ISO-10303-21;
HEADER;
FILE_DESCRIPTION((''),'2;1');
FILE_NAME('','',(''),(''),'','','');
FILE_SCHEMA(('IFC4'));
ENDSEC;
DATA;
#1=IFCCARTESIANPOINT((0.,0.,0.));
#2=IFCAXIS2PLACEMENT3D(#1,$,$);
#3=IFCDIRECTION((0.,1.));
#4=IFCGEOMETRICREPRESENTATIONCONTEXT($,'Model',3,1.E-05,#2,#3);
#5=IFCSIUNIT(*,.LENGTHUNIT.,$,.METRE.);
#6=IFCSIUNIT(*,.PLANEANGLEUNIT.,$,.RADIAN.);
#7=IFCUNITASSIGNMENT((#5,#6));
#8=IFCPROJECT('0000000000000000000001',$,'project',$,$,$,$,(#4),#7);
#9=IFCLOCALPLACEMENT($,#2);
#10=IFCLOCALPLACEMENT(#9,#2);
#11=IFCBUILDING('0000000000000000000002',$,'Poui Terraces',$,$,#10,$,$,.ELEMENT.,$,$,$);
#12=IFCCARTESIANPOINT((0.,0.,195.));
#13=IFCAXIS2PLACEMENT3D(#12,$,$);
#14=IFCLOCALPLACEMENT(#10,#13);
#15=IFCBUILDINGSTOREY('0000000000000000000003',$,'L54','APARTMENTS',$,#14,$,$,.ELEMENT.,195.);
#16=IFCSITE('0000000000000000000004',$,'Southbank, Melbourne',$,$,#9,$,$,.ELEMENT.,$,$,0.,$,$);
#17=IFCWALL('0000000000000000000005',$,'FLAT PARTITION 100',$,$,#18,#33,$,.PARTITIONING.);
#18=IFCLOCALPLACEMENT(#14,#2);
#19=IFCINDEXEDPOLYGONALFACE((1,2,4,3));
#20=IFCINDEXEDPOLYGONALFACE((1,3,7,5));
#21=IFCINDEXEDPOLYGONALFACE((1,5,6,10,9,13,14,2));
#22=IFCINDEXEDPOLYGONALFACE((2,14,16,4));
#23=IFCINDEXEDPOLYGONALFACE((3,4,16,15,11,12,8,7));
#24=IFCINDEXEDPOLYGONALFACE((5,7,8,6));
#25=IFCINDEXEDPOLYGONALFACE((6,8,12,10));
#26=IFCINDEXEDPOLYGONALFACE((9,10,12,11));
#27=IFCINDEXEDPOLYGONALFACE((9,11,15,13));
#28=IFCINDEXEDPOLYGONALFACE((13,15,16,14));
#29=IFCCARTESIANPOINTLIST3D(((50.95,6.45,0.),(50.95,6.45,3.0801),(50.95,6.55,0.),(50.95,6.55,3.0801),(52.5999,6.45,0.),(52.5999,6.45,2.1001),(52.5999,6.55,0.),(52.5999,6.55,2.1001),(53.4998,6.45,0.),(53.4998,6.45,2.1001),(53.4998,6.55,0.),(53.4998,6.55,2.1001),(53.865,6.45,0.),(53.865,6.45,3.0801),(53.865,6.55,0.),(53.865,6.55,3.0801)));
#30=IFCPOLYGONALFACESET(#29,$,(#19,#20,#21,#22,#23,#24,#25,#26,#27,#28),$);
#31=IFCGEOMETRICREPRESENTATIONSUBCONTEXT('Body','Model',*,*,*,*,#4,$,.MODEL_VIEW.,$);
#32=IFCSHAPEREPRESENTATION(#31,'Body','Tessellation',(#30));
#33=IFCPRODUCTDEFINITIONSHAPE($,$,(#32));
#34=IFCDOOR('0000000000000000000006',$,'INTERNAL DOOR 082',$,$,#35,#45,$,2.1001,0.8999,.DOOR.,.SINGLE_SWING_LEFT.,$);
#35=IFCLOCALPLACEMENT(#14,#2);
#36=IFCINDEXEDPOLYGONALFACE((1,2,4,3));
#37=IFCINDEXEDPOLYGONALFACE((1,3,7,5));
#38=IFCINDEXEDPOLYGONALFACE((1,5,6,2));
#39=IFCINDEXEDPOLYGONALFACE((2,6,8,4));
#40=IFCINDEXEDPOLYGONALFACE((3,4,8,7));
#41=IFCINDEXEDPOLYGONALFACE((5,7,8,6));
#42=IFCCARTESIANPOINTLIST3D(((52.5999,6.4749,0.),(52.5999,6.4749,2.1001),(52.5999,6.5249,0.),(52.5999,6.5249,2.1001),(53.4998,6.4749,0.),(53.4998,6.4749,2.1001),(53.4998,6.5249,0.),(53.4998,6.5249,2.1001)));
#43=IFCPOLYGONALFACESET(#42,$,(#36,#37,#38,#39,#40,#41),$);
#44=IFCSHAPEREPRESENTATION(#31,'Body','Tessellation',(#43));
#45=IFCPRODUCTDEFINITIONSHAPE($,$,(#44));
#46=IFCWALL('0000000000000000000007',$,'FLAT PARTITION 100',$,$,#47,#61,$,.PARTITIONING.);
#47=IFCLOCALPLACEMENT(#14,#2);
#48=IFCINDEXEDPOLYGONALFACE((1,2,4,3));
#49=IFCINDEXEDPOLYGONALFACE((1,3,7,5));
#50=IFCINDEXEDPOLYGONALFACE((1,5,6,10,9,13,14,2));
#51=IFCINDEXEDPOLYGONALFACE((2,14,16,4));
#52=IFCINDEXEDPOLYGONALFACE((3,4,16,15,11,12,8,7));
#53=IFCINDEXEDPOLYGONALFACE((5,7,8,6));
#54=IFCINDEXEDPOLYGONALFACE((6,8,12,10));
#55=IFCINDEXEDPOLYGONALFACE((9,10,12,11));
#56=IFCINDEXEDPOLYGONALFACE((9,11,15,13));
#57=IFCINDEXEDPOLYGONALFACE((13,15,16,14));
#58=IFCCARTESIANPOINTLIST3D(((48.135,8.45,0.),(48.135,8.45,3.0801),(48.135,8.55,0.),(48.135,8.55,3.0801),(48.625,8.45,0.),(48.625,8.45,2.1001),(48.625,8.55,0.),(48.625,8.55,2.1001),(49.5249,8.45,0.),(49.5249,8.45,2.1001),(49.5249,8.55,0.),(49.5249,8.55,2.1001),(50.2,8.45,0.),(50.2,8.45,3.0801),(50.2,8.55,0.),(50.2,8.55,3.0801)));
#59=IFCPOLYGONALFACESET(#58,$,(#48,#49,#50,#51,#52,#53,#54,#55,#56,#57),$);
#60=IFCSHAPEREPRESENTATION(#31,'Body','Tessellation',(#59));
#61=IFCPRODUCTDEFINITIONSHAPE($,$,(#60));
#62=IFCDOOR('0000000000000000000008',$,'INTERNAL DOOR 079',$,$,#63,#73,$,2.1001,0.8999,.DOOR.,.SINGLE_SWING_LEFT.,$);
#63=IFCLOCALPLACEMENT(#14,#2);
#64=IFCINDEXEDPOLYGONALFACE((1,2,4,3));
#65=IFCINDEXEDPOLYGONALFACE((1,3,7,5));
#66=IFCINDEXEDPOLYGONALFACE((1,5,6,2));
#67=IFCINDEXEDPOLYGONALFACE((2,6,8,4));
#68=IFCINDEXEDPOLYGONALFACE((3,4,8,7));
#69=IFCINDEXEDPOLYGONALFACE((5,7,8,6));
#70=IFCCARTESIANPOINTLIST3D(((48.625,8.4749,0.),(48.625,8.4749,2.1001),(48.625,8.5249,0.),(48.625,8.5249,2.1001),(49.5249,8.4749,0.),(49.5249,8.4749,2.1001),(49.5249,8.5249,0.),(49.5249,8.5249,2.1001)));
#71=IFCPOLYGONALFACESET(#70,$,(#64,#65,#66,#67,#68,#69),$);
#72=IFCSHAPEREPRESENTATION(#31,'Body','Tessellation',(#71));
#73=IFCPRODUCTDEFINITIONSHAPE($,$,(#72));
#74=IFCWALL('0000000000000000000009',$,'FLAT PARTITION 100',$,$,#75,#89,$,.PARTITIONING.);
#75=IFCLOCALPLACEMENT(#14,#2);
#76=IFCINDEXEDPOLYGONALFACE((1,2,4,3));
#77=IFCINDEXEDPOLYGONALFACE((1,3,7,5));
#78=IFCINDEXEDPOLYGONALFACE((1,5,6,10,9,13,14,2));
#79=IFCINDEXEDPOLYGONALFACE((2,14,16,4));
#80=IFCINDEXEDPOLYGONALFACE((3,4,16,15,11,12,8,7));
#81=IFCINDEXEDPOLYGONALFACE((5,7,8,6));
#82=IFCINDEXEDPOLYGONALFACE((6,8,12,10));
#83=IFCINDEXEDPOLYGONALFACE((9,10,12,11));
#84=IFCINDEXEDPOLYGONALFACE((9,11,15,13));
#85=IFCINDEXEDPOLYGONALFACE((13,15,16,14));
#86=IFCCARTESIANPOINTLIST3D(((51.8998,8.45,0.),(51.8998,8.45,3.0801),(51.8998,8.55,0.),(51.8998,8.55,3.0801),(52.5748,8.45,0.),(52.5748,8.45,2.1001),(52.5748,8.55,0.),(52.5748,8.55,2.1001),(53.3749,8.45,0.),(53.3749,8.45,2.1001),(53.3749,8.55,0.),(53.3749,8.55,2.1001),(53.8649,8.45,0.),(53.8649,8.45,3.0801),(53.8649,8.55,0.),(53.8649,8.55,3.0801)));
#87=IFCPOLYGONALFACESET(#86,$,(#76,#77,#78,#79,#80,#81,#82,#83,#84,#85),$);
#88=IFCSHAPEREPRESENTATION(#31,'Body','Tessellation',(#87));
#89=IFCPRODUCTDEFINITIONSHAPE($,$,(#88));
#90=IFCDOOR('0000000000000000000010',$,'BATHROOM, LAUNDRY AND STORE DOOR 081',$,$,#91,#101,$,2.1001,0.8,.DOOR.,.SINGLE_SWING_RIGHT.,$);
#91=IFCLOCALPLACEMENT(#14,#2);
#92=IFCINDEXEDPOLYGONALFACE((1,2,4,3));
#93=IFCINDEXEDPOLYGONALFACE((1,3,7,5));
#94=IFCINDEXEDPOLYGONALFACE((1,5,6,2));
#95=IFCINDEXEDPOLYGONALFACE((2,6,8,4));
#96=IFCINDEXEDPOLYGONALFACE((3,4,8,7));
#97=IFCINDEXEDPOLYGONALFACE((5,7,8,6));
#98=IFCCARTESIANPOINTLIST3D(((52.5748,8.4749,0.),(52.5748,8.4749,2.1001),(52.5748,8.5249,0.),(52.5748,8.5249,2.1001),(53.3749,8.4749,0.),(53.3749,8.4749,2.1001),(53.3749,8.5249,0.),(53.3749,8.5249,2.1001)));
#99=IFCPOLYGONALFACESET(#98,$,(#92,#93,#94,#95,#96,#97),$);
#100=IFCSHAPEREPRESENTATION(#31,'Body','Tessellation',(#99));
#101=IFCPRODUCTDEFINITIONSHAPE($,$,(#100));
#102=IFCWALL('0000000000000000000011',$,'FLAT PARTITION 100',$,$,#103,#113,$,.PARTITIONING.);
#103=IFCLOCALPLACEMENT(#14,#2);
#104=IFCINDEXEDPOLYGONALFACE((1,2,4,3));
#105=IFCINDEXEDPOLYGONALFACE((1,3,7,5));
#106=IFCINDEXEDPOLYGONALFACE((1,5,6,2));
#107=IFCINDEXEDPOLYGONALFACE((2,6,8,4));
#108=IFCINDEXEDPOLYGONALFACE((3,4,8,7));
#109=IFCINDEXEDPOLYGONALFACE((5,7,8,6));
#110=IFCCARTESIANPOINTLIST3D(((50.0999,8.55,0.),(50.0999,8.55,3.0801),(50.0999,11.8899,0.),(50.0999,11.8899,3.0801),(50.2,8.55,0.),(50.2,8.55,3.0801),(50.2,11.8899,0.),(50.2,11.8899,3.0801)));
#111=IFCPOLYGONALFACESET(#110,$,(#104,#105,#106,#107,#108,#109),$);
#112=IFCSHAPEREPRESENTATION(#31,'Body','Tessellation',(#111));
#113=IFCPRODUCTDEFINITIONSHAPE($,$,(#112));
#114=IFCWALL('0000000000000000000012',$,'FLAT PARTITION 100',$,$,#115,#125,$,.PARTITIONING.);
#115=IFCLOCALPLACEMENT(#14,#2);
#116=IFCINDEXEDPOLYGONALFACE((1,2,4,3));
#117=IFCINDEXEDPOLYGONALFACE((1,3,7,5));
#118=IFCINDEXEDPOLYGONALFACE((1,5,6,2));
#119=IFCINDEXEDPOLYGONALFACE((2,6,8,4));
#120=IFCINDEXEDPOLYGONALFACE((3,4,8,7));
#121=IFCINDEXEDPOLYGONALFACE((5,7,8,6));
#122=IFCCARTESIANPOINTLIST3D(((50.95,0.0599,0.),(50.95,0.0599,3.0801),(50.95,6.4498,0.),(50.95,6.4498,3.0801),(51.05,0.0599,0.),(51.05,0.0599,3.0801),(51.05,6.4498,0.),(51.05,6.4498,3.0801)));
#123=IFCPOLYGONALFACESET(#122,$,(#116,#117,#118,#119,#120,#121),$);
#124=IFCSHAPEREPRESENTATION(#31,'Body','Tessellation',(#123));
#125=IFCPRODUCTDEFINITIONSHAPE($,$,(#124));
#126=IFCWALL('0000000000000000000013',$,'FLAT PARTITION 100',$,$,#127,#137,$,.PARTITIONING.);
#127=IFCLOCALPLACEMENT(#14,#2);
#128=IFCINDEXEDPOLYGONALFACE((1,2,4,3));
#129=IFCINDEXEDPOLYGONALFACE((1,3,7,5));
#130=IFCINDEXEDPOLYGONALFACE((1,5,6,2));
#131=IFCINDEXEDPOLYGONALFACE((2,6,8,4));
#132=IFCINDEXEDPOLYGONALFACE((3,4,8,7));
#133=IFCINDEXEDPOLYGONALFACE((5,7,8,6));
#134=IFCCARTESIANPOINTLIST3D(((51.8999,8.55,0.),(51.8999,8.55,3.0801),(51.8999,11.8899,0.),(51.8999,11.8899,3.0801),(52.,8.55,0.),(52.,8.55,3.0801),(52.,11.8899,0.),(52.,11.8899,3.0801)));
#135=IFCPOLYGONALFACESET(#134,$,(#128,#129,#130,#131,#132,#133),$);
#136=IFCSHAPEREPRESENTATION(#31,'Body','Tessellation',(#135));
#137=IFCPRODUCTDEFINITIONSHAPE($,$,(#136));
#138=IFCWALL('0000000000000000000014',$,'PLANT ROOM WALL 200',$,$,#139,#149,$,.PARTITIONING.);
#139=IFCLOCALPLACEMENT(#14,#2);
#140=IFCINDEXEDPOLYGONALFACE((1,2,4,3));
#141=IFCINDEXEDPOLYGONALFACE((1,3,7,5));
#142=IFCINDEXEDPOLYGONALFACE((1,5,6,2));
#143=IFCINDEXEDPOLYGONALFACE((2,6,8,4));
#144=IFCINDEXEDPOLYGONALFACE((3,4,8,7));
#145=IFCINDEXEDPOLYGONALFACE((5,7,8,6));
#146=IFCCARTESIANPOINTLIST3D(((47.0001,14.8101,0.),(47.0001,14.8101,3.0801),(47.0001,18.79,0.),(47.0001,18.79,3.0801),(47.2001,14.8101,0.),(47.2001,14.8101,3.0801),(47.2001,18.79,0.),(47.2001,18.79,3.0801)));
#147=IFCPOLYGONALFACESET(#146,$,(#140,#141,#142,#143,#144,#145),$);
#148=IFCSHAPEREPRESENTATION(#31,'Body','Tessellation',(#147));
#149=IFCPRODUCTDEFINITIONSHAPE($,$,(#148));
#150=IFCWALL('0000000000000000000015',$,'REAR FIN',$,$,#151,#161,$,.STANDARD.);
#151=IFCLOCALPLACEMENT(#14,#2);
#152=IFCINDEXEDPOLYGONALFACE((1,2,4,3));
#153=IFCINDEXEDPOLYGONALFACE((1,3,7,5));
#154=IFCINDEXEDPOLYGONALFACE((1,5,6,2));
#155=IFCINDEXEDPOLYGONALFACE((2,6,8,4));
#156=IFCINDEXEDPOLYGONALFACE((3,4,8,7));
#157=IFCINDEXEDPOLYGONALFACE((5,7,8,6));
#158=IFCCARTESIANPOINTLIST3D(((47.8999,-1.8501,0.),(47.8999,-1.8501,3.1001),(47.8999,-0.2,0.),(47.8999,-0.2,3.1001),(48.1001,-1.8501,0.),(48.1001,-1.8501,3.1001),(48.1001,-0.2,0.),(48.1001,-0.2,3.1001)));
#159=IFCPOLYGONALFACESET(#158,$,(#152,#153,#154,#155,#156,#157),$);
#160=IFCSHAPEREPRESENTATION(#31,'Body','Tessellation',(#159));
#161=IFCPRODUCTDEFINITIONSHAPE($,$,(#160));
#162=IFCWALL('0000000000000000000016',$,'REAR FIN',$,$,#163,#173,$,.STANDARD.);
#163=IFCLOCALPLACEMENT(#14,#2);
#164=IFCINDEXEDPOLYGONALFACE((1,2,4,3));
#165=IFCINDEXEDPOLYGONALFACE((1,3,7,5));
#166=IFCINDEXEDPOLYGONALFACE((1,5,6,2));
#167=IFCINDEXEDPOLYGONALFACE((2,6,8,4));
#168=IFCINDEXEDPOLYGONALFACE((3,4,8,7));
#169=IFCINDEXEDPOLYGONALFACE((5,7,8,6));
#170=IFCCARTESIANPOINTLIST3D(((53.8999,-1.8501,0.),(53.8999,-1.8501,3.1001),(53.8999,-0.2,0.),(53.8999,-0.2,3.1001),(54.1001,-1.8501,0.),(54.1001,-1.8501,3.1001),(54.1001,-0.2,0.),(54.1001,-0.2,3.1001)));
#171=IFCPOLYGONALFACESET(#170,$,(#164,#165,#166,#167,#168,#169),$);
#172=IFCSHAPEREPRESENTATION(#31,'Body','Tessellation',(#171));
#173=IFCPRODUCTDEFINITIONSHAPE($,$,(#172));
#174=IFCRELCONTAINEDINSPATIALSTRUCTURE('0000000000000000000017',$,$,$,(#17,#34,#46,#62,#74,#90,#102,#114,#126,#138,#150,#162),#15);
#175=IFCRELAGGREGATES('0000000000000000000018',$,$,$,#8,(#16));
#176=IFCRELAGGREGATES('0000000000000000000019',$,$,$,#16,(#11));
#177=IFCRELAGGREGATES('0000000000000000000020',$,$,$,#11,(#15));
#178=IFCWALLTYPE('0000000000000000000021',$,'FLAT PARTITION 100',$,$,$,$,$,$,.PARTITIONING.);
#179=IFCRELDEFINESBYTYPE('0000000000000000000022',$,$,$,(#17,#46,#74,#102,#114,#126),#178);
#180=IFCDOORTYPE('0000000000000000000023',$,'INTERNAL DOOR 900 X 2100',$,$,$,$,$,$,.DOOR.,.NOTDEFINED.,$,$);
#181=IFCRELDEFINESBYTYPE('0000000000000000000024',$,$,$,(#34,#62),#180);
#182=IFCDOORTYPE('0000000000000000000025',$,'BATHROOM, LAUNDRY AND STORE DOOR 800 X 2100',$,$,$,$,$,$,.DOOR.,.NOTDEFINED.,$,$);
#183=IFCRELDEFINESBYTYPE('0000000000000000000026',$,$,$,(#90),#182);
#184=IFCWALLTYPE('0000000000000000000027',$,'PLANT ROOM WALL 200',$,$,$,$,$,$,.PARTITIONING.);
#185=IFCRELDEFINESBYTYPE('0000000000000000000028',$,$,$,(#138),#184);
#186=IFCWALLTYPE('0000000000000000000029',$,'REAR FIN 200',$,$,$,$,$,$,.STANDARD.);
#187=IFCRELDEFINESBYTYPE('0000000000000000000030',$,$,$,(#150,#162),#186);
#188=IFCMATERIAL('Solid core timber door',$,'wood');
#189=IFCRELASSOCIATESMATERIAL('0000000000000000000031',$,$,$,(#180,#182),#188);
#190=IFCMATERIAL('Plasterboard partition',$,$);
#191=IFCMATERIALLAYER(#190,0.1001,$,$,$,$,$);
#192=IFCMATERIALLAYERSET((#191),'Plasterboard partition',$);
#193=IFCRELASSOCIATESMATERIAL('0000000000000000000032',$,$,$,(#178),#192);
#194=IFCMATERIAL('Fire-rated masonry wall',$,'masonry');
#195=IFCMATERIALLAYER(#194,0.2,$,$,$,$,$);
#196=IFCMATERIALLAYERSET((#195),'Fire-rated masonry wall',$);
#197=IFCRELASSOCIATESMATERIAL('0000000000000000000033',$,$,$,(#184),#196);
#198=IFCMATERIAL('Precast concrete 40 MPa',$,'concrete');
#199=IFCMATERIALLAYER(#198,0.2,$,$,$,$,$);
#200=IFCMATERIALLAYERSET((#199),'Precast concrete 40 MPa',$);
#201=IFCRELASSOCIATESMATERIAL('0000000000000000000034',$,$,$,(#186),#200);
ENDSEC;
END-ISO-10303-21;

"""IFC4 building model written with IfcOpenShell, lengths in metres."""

from ifc_helpers import new_model, si_unit, direction, frame, frame_2d, origin, place, context, subcontext, project, spatial, polyline, rectangle, outline, extrude, source, transform, mapped, material, layer, layer_set, type_object, element, fill, save


model = new_model("IFC4")

# Units and contexts
model_context = context("Model", 3, precision=1e-05, world=origin(), true_north=direction((0.0, 1.0)))
body_context = subcontext(model_context, "Body", "Model", "MODEL_VIEW")
ifc_project = project(units=[si_unit("LENGTHUNIT", "METRE"), si_unit("PLANEANGLEUNIT", "RADIAN")], contexts=[model_context])

# Site, building, storey
site_placement = place(None, origin())
site = spatial("IfcSite", under=ifc_project, at=site_placement, Name="Southbank, Melbourne", CompositionType="ELEMENT", RefElevation=0.0)
building_placement = place(site_placement, origin())
building = spatial("IfcBuilding", under=site, at=building_placement, Name="Poui Terraces", CompositionType="ELEMENT")
storey_placement = place(building_placement, frame((0.0, 0.0, 195.0)))
storey = spatial("IfcBuildingStorey", under=building, at=storey_placement, Name="L54", Description="APARTMENTS", CompositionType="ELEMENT", Elevation=195.0)

# Shared definitions
ifc_material_1 = material(Name="Precast concrete 40 MPa", Category="concrete")

# Shared definitions
ifc_material_2 = material(Name="Solid core timber door", Category="wood")
door_type_1 = type_object("IfcDoorType", Name="INTERNAL DOOR 900 X 2100", OperationType="NOTDEFINED", PredefinedType="DOOR", material=ifc_material_2)

# Walls, openings, doors
ifc_material_3 = material(Name="Plasterboard partition")
ifc_layer_1 = layer(ifc_material_3, 0.1001)
ifc_layer_set_1 = layer_set([ifc_layer_1], Name="Plasterboard partition")
wall_type_1 = type_object("IfcWallType", Name="FLAT PARTITION 100", PredefinedType="PARTITIONING", material=ifc_layer_set_1)
wall_1_placement = place(storey_placement, frame((50.95, 6.5, 0.0), z_axis=(0.0, 0.0, 1.0), x_axis=(1.0, 0.0, 0.0)))
wall_1 = element("IfcWall", 1, at=wall_1_placement, inside=storey, type_object=wall_type_1, Name="FLAT PARTITION 100", PredefinedType="PARTITIONING", context=body_context, shape_type="SweptSolid", body=[
    extrude(rectangle(XDim=2.915, YDim=0.1001, at=frame_2d((1.4575, 0.0))), origin(), (0.0, 0.0, 1.0), 3.0801),
])
opening_1_placement = place(wall_1_placement, frame((1.6499, 0.0, 0.0)))
opening_1 = element("IfcOpeningElement", 2, at=opening_1_placement, cuts=wall_1, PredefinedType="OPENING", context=body_context, shape_type="SweptSolid", body=[
    extrude(rectangle(XDim=0.8999, YDim=2.1001, at=frame_2d((0.45, 1.05))), frame((0.0, 0.0601, 0.0), z_axis=(0.0, -1.0, 0.0), x_axis=(1.0, 0.0, 0.0)), (0.0, 0.0, 1.0), 0.1201),
])
door_1_placement = place(opening_1_placement, origin())
door_1 = element("IfcDoor", 3, at=door_1_placement, inside=storey, type_object=door_type_1, Name="INTERNAL DOOR 082", OperationType="SINGLE_SWING_LEFT", OverallHeight=2.1001, OverallWidth=0.8999, PredefinedType="DOOR", context=body_context, shape_type="SweptSolid", body=[
    extrude(rectangle(XDim=0.8999, YDim=2.1001, at=frame_2d((0.45, 1.05))), frame((0.0, 0.0249, 0.0), z_axis=(0.0, -1.0, 0.0), x_axis=(1.0, 0.0, 0.0)), (0.0, 0.0, 1.0), 0.05),
])
fill(opening_1, door_1)
wall_2_placement = place(storey_placement, frame((48.135, 8.5, 0.0), z_axis=(0.0, 0.0, 1.0), x_axis=(1.0, 0.0, 0.0)))
wall_2 = element("IfcWall", 4, at=wall_2_placement, inside=storey, type_object=wall_type_1, Name="FLAT PARTITION 100", PredefinedType="PARTITIONING", context=body_context, shape_type="SweptSolid", body=[
    extrude(rectangle(XDim=2.0649, YDim=0.1001, at=frame_2d((1.0325, 0.0))), origin(), (0.0, 0.0, 1.0), 3.0801),
])
opening_2_placement = place(wall_2_placement, frame((0.49, 0.0, 0.0)))
opening_2 = element("IfcOpeningElement", 5, at=opening_2_placement, cuts=wall_2, PredefinedType="OPENING", context=body_context, shape_type="SweptSolid", body=[
    extrude(rectangle(XDim=0.8999, YDim=2.1001, at=frame_2d((0.45, 1.05))), frame((0.0, 0.0601, 0.0), z_axis=(0.0, -1.0, 0.0), x_axis=(1.0, 0.0, 0.0)), (0.0, 0.0, 1.0), 0.1201),
])
door_2_placement = place(opening_2_placement, origin())
door_2 = element("IfcDoor", 6, at=door_2_placement, inside=storey, type_object=door_type_1, Name="INTERNAL DOOR 079", OperationType="SINGLE_SWING_LEFT", OverallHeight=2.1001, OverallWidth=0.8999, PredefinedType="DOOR", context=body_context, shape_type="SweptSolid", body=[
    extrude(rectangle(XDim=0.8999, YDim=2.1001, at=frame_2d((0.45, 1.05))), frame((0.0, 0.0249, 0.0), z_axis=(0.0, -1.0, 0.0), x_axis=(1.0, 0.0, 0.0)), (0.0, 0.0, 1.0), 0.05),
])
fill(opening_2, door_2)
wall_3_placement = place(storey_placement, frame((51.8999, 8.5, 0.0), z_axis=(0.0, 0.0, 1.0), x_axis=(1.0, 0.0, 0.0)))
wall_3 = element("IfcWall", 7, at=wall_3_placement, inside=storey, type_object=wall_type_1, Name="FLAT PARTITION 100", PredefinedType="PARTITIONING", context=body_context, shape_type="SweptSolid", body=[
    extrude(rectangle(XDim=1.9651, YDim=0.1001, at=frame_2d((0.9824, 0.0))), origin(), (0.0, 0.0, 1.0), 3.0801),
])
opening_3_placement = place(wall_3_placement, frame((0.675, 0.0, 0.0)))
opening_3 = element("IfcOpeningElement", 8, at=opening_3_placement, cuts=wall_3, PredefinedType="OPENING", context=body_context, shape_type="SweptSolid", body=[
    extrude(rectangle(XDim=0.8, YDim=2.1001, at=frame_2d((0.3999, 1.05))), frame((0.0, 0.0601, 0.0), z_axis=(0.0, -1.0, 0.0), x_axis=(1.0, 0.0, 0.0)), (0.0, 0.0, 1.0), 0.1201),
])
door_type_2 = type_object("IfcDoorType", Name="BATHROOM, LAUNDRY AND STORE DOOR 800 X 2100", OperationType="NOTDEFINED", PredefinedType="DOOR", material=ifc_material_2)
door_3_placement = place(opening_3_placement, origin())
door_3 = element("IfcDoor", 9, at=door_3_placement, inside=storey, type_object=door_type_2, Name="BATHROOM, LAUNDRY AND STORE DOOR 081", OperationType="SINGLE_SWING_RIGHT", OverallHeight=2.1001, OverallWidth=0.8, PredefinedType="DOOR", context=body_context, shape_type="SweptSolid", body=[
    extrude(rectangle(XDim=0.8, YDim=2.1001, at=frame_2d((0.3999, 1.05))), frame((0.0, 0.0249, 0.0), z_axis=(0.0, -1.0, 0.0), x_axis=(1.0, 0.0, 0.0)), (0.0, 0.0, 1.0), 0.05),
])
fill(opening_3, door_3)

# Walls
wall_4_placement = place(storey_placement, frame((50.1499, 8.55, 0.0), z_axis=(0.0, 0.0, 1.0), x_axis=(0.0, 1.0, 0.0)))
element("IfcWall", 10, at=wall_4_placement, inside=storey, type_object=wall_type_1, Name="FLAT PARTITION 100", PredefinedType="PARTITIONING", context=body_context, shape_type="SweptSolid", body=[
    extrude(rectangle(XDim=3.3398, YDim=0.1001, at=frame_2d((1.6699, 0.0))), origin(), (0.0, 0.0, 1.0), 3.0801),
])
wall_5_placement = place(storey_placement, frame((51.0, 0.0601, 0.0), z_axis=(0.0, 0.0, 1.0), x_axis=(0.0, 1.0, 0.0)))
element("IfcWall", 11, at=wall_5_placement, inside=storey, type_object=wall_type_1, Name="FLAT PARTITION 100", PredefinedType="PARTITIONING", context=body_context, shape_type="SweptSolid", body=[
    extrude(rectangle(XDim=6.3899, YDim=0.1001, at=frame_2d((3.1948, 0.0))), origin(), (0.0, 0.0, 1.0), 3.0801),
])
wall_6_placement = place(storey_placement, frame((51.95, 8.55, 0.0), z_axis=(0.0, 0.0, 1.0), x_axis=(0.0, 1.0, 0.0)))
element("IfcWall", 12, at=wall_6_placement, inside=storey, type_object=wall_type_1, Name="FLAT PARTITION 100", PredefinedType="PARTITIONING", context=body_context, shape_type="SweptSolid", body=[
    extrude(rectangle(XDim=3.3398, YDim=0.1001, at=frame_2d((1.6699, 0.0))), origin(), (0.0, 0.0, 1.0), 3.0801),
])
ifc_material_4 = material(Name="Fire-rated masonry wall", Category="masonry")
ifc_layer_2 = layer(ifc_material_4, 0.2)
ifc_layer_set_2 = layer_set([ifc_layer_2], Name="Fire-rated masonry wall")
wall_type_2 = type_object("IfcWallType", Name="PLANT ROOM WALL 200", PredefinedType="PARTITIONING", material=ifc_layer_set_2)
wall_7_placement = place(storey_placement, frame((47.1001, 14.8101, 0.0), z_axis=(0.0, 0.0, 1.0), x_axis=(0.0, 1.0, 0.0)))
element("IfcWall", 13, at=wall_7_placement, inside=storey, type_object=wall_type_2, Name="PLANT ROOM WALL 200", PredefinedType="PARTITIONING", context=body_context, shape_type="SweptSolid", body=[
    extrude(rectangle(XDim=3.98, YDim=0.2, at=frame_2d((1.99, 0.0))), origin(), (0.0, 0.0, 1.0), 3.0801),
])
ifc_layer_3 = layer(ifc_material_1, 0.2)
ifc_layer_set_3 = layer_set([ifc_layer_3], Name="Precast concrete 40 MPa")
wall_type_3 = type_object("IfcWallType", Name="REAR FIN 200", PredefinedType="STANDARD", material=ifc_layer_set_3)
shared_shape_1 = source(origin(), body_context, "Body", "SweptSolid", [
    extrude(outline(polyline([(0.0, 0.0), (0.2002, 0.0), (0.2002, 1.6501), (0.0, 1.6501), (0.0, 0.0)])), origin(), (0.0, 0.0, 1.0), 3.1001),
])
for number, where, name in (
    (14, (47.8999, -1.8501, 0.0), "REAR FIN"),
    (15, (53.8999, -1.8501, 0.0), "REAR FIN"),
):
    element("IfcWall", number, at=place(storey_placement, frame(where)), inside=storey, type_object=wall_type_3, Name=name, PredefinedType="STANDARD", context=body_context, shape_type="MappedRepresentation", body=[
        mapped(shared_shape_1, transform((0.0, 0.0, 0.0))),
    ])

save(model, "model.ifc")
